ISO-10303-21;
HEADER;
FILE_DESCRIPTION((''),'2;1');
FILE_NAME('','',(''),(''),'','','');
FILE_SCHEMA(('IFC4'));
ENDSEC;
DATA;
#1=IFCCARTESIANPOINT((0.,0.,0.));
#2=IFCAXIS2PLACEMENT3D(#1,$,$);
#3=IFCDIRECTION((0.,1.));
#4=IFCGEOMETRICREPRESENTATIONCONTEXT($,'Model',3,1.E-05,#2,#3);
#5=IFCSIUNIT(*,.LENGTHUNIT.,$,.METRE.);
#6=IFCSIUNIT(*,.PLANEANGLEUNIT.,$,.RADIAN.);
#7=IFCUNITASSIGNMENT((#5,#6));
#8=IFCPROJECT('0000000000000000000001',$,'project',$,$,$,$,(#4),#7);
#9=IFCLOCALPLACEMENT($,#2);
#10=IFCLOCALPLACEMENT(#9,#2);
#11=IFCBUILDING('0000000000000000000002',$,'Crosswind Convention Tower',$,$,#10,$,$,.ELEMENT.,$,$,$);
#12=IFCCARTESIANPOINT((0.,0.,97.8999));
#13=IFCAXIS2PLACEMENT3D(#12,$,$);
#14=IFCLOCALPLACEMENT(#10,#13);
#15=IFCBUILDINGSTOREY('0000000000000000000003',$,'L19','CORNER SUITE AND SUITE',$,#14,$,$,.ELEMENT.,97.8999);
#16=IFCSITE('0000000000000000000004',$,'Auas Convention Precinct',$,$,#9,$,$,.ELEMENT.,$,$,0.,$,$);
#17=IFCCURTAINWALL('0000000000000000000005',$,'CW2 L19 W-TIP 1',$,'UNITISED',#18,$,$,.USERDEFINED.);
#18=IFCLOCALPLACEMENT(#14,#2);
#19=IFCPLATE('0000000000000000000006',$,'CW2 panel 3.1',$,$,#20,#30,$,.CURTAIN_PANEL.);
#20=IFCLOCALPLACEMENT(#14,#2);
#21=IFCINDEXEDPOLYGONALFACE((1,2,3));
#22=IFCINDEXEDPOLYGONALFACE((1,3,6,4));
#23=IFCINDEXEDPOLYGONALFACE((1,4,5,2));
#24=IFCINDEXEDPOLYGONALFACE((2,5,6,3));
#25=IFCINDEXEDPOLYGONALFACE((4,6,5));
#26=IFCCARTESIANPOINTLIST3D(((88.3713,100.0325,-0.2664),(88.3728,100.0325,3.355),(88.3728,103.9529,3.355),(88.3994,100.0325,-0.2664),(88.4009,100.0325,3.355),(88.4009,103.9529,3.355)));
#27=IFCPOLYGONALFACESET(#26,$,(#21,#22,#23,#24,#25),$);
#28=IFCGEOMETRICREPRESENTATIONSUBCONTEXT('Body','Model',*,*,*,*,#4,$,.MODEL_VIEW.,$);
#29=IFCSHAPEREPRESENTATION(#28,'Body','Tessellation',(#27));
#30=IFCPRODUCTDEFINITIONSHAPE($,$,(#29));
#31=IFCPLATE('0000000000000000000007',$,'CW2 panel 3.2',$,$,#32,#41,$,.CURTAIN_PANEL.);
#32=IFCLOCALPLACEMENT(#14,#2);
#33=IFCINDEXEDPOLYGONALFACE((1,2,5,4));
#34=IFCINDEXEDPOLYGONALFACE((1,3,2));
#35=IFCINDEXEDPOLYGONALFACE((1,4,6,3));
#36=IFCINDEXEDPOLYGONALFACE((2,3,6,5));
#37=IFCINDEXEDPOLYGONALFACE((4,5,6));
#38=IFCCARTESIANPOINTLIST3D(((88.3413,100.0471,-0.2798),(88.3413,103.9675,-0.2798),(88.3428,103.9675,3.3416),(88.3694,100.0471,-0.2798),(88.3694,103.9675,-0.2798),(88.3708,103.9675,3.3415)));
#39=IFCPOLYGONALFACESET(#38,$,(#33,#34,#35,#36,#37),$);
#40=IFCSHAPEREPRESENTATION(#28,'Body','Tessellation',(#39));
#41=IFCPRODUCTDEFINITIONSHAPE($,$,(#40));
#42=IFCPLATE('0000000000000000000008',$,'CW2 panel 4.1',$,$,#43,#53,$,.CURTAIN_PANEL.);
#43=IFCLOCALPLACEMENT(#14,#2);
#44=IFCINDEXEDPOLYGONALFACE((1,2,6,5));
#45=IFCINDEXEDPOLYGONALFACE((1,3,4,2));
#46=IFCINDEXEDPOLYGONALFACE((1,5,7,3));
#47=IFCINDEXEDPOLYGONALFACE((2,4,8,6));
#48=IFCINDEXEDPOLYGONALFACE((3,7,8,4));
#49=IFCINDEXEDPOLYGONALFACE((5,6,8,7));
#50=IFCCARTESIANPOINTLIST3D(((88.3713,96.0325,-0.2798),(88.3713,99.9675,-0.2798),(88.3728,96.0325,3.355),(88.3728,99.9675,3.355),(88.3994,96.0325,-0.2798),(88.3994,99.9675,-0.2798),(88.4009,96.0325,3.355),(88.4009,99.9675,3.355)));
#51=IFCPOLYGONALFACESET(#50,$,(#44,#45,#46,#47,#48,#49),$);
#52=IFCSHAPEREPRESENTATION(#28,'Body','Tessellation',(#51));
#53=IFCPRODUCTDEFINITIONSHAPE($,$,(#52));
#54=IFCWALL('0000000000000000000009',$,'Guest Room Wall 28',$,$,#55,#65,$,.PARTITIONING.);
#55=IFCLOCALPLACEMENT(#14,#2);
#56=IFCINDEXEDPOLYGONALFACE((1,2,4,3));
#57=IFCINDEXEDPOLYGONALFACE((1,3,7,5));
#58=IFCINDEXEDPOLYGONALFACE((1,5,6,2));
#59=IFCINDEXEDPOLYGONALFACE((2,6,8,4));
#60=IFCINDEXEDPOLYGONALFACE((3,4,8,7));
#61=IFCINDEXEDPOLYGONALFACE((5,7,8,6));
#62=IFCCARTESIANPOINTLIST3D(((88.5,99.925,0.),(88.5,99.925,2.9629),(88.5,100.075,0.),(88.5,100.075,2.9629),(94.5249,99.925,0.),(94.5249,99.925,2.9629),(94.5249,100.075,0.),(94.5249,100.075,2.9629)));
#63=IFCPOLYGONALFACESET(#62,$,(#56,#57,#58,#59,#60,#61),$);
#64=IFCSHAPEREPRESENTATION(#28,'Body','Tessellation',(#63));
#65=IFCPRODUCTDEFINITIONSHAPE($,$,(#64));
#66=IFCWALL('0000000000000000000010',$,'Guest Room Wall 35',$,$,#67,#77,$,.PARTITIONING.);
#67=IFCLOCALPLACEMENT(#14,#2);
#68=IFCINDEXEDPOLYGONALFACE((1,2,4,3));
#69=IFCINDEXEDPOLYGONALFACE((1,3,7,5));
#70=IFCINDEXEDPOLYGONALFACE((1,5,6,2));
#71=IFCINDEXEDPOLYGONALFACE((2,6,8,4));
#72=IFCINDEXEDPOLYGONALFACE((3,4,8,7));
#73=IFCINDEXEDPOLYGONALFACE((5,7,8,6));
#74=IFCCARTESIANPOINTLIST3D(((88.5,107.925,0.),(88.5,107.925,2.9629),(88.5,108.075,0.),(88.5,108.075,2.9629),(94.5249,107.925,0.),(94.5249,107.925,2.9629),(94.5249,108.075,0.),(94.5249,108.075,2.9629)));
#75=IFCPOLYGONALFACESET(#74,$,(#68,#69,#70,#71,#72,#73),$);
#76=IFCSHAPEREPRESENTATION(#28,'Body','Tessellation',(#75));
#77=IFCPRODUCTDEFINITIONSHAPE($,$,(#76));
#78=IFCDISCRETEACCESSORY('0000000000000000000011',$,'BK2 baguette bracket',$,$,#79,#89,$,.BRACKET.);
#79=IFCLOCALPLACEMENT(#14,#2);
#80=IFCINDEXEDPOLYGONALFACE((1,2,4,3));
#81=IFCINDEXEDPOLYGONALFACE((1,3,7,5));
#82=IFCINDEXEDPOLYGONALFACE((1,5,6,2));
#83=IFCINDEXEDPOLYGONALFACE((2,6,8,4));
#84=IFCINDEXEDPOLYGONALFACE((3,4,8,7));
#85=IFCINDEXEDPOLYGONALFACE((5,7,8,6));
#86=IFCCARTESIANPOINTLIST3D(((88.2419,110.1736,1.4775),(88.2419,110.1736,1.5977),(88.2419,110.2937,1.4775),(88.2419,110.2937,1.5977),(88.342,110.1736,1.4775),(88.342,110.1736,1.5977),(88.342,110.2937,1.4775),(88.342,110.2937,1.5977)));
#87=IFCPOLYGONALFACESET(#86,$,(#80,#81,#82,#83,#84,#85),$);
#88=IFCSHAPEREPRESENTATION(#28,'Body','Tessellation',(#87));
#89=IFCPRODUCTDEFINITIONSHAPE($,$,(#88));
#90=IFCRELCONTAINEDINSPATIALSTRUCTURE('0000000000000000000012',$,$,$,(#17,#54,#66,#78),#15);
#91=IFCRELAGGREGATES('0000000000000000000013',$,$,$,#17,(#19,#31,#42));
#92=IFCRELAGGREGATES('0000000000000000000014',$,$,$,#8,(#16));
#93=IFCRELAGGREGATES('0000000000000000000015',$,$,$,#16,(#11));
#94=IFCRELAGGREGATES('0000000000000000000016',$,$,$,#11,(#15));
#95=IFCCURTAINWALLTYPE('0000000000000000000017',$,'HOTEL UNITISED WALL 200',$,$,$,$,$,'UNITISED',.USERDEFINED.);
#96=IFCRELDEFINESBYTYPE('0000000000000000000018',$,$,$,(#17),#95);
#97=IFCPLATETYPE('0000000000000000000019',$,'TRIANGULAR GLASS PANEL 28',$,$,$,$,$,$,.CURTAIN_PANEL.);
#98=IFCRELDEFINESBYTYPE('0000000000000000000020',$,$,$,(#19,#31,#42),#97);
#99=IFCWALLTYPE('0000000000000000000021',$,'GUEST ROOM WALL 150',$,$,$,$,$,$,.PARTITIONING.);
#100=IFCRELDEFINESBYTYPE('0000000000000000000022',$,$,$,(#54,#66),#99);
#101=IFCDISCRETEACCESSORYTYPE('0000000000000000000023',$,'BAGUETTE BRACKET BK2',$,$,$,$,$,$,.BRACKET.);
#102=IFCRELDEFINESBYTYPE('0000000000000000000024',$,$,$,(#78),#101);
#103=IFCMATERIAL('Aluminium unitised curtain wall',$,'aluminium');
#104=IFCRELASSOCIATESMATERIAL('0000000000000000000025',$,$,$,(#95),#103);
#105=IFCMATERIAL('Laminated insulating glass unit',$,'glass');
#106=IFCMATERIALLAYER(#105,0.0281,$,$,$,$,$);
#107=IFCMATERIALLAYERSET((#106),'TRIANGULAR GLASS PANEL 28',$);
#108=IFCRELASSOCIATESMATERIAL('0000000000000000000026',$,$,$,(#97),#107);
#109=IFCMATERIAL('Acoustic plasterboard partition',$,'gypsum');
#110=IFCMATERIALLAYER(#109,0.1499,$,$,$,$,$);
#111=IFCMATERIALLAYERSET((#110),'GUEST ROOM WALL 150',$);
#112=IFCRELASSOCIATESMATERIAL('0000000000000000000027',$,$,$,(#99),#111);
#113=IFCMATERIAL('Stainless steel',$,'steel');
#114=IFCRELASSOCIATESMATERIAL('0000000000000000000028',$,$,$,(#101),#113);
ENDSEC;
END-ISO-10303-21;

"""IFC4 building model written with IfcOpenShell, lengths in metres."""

from ifc_helpers import new_model, si_unit, direction, frame, frame_2d, origin, origin_2d, place, context, subcontext, project, spatial, polyline, rectangle, outline, extrude, material, layer, layer_set, type_object, element, aggregate, save


model = new_model("IFC4")

# Units and contexts
model_context = context("Model", 3, precision=1e-05, world=origin(), true_north=direction((0.0, 1.0)))
body_context = subcontext(model_context, "Body", "Model", "MODEL_VIEW")
ifc_project = project(units=[si_unit("LENGTHUNIT", "METRE"), si_unit("PLANEANGLEUNIT", "RADIAN")], contexts=[model_context])

# Site, building, storey
site_placement = place(None, origin())
site = spatial("IfcSite", under=ifc_project, at=site_placement, Name="Auas Convention Precinct", CompositionType="ELEMENT", RefElevation=0.0)
building_placement = place(site_placement, origin())
building = spatial("IfcBuilding", under=site, at=building_placement, Name="Crosswind Convention Tower", CompositionType="ELEMENT")
storey_placement = place(building_placement, frame((0.0, 0.0, 97.8999)))
storey = spatial("IfcBuildingStorey", under=building, at=storey_placement, Name="L19", Description="CORNER SUITE AND SUITE", CompositionType="ELEMENT", Elevation=97.8999)

# Curtain wall
ifc_material_1 = material(Name="Aluminium unitised curtain wall", Category="aluminium")
curtain_wall_type = type_object("IfcCurtainWallType", Name="HOTEL UNITISED WALL 200", ElementType="UNITISED", PredefinedType="USERDEFINED", material=ifc_material_1)
curtain_wall_placement = place(storey_placement, origin())
curtain_wall = element("IfcCurtainWall", 1, at=curtain_wall_placement, inside=storey, type_object=curtain_wall_type, Name="CW2 L19 W-TIP 1", ObjectType="UNITISED", PredefinedType="USERDEFINED")

# Plates
ifc_material_2 = material(Name="Laminated insulating glass unit", Category="glass")
ifc_layer_1 = layer(ifc_material_2, 0.0281)
ifc_layer_set_1 = layer_set([ifc_layer_1], Name="TRIANGULAR GLASS PANEL 28")
plate_type = type_object("IfcPlateType", Name="TRIANGULAR GLASS PANEL 28", PredefinedType="CURTAIN_PANEL", material=ifc_layer_set_1)
plate_1_placement = place(storey_placement, frame((88.3728, 100.0325, 3.355), z_axis=(-1.0, 0.0, 0.000405), x_axis=(0.0, 1.0, 0.0)))
plate_1 = element("IfcPlate", 2, at=plate_1_placement, type_object=plate_type, Name="CW2 panel 3.1", PredefinedType="CURTAIN_PANEL", context=body_context, shape_type="SweptSolid", body=[
    extrude(outline(polyline([(0.0, 0.0), (3.9204, 0.0), (0.0, 3.6213), (0.0, 0.0)])), origin(), (0.0, 0.0, -1.0), 0.0281),
])
plate_2_placement = place(storey_placement, frame((88.3413, 103.9675, -0.2798), z_axis=(-1.0, 0.0, 0.000405), x_axis=(0.0, -1.0, 0.0)))
plate_2 = element("IfcPlate", 3, at=plate_2_placement, type_object=plate_type, Name="CW2 panel 3.2", PredefinedType="CURTAIN_PANEL", context=body_context, shape_type="SweptSolid", body=[
    extrude(outline(polyline([(0.0, 0.0), (3.9204, 0.0), (0.0, 3.6213), (0.0, 0.0)])), origin(), (0.0, 0.0, -1.0), 0.0281),
])
plate_3_placement = place(storey_placement, frame((88.3713, 99.9675, -0.2798), z_axis=(-1.0, 0.0, 0.000403), x_axis=(0.0, -1.0, 0.0)))
plate_3 = element("IfcPlate", 4, at=plate_3_placement, type_object=plate_type, Name="CW2 panel 4.1", PredefinedType="CURTAIN_PANEL", context=body_context, shape_type="SweptSolid", body=[
    extrude(outline(polyline([(0.0, 0.0), (3.9351, 0.0), (3.9351, 3.6348), (0.0, 3.6348), (0.0, 0.0)])), origin(), (0.0, 0.0, -1.0), 0.0281),
])
aggregate(curtain_wall, [plate_1, plate_2, plate_3])

# Walls
ifc_material_3 = material(Name="Acoustic plasterboard partition", Category="gypsum")
ifc_layer_2 = layer(ifc_material_3, 0.1499)
ifc_layer_set_2 = layer_set([ifc_layer_2], Name="GUEST ROOM WALL 150")
wall_type = type_object("IfcWallType", Name="GUEST ROOM WALL 150", PredefinedType="PARTITIONING", material=ifc_layer_set_2)
for number, where, z_axis, x_axis, name in (
    (5, (88.5, 100.0, 0.0), (0.0, 0.0, 1.0), (1.0, 0.0, 0.0), "Guest Room Wall 28"),
    (6, (88.5, 108.0, 0.0), (0.0, 0.0, 1.0), (1.0, 0.0, 0.0), "Guest Room Wall 35"),
):
    element("IfcWall", number, at=place(storey_placement, frame(where, z_axis=z_axis, x_axis=x_axis)), inside=storey, type_object=wall_type, Name=name, PredefinedType="PARTITIONING", context=body_context, shape_type="SweptSolid", body=[
        extrude(rectangle(XDim=6.0249, YDim=0.1499, at=frame_2d((3.0125, 0.0))), origin(), (0.0, 0.0, 1.0), 2.9629),
    ])

# Discrete accessory
ifc_material_4 = material(Name="Stainless steel", Category="steel")
discrete_accessory_type = type_object("IfcDiscreteAccessoryType", Name="BAGUETTE BRACKET BK2", PredefinedType="BRACKET", material=ifc_material_4)
discrete_accessory_placement = place(storey_placement, frame((88.292, 110.2336, 1.4775), z_axis=(0.0, 0.0, 1.0), x_axis=(0.0, -1.0, 0.0)))
element("IfcDiscreteAccessory", 7, at=discrete_accessory_placement, inside=storey, type_object=discrete_accessory_type, Name="BK2 baguette bracket", PredefinedType="BRACKET", context=body_context, shape_type="SweptSolid", body=[
    extrude(rectangle(XDim=0.1201, YDim=0.1001, at=origin_2d()), origin(), (0.0, 0.0, 1.0), 0.1201),
])

save(model, "model.ifc")
